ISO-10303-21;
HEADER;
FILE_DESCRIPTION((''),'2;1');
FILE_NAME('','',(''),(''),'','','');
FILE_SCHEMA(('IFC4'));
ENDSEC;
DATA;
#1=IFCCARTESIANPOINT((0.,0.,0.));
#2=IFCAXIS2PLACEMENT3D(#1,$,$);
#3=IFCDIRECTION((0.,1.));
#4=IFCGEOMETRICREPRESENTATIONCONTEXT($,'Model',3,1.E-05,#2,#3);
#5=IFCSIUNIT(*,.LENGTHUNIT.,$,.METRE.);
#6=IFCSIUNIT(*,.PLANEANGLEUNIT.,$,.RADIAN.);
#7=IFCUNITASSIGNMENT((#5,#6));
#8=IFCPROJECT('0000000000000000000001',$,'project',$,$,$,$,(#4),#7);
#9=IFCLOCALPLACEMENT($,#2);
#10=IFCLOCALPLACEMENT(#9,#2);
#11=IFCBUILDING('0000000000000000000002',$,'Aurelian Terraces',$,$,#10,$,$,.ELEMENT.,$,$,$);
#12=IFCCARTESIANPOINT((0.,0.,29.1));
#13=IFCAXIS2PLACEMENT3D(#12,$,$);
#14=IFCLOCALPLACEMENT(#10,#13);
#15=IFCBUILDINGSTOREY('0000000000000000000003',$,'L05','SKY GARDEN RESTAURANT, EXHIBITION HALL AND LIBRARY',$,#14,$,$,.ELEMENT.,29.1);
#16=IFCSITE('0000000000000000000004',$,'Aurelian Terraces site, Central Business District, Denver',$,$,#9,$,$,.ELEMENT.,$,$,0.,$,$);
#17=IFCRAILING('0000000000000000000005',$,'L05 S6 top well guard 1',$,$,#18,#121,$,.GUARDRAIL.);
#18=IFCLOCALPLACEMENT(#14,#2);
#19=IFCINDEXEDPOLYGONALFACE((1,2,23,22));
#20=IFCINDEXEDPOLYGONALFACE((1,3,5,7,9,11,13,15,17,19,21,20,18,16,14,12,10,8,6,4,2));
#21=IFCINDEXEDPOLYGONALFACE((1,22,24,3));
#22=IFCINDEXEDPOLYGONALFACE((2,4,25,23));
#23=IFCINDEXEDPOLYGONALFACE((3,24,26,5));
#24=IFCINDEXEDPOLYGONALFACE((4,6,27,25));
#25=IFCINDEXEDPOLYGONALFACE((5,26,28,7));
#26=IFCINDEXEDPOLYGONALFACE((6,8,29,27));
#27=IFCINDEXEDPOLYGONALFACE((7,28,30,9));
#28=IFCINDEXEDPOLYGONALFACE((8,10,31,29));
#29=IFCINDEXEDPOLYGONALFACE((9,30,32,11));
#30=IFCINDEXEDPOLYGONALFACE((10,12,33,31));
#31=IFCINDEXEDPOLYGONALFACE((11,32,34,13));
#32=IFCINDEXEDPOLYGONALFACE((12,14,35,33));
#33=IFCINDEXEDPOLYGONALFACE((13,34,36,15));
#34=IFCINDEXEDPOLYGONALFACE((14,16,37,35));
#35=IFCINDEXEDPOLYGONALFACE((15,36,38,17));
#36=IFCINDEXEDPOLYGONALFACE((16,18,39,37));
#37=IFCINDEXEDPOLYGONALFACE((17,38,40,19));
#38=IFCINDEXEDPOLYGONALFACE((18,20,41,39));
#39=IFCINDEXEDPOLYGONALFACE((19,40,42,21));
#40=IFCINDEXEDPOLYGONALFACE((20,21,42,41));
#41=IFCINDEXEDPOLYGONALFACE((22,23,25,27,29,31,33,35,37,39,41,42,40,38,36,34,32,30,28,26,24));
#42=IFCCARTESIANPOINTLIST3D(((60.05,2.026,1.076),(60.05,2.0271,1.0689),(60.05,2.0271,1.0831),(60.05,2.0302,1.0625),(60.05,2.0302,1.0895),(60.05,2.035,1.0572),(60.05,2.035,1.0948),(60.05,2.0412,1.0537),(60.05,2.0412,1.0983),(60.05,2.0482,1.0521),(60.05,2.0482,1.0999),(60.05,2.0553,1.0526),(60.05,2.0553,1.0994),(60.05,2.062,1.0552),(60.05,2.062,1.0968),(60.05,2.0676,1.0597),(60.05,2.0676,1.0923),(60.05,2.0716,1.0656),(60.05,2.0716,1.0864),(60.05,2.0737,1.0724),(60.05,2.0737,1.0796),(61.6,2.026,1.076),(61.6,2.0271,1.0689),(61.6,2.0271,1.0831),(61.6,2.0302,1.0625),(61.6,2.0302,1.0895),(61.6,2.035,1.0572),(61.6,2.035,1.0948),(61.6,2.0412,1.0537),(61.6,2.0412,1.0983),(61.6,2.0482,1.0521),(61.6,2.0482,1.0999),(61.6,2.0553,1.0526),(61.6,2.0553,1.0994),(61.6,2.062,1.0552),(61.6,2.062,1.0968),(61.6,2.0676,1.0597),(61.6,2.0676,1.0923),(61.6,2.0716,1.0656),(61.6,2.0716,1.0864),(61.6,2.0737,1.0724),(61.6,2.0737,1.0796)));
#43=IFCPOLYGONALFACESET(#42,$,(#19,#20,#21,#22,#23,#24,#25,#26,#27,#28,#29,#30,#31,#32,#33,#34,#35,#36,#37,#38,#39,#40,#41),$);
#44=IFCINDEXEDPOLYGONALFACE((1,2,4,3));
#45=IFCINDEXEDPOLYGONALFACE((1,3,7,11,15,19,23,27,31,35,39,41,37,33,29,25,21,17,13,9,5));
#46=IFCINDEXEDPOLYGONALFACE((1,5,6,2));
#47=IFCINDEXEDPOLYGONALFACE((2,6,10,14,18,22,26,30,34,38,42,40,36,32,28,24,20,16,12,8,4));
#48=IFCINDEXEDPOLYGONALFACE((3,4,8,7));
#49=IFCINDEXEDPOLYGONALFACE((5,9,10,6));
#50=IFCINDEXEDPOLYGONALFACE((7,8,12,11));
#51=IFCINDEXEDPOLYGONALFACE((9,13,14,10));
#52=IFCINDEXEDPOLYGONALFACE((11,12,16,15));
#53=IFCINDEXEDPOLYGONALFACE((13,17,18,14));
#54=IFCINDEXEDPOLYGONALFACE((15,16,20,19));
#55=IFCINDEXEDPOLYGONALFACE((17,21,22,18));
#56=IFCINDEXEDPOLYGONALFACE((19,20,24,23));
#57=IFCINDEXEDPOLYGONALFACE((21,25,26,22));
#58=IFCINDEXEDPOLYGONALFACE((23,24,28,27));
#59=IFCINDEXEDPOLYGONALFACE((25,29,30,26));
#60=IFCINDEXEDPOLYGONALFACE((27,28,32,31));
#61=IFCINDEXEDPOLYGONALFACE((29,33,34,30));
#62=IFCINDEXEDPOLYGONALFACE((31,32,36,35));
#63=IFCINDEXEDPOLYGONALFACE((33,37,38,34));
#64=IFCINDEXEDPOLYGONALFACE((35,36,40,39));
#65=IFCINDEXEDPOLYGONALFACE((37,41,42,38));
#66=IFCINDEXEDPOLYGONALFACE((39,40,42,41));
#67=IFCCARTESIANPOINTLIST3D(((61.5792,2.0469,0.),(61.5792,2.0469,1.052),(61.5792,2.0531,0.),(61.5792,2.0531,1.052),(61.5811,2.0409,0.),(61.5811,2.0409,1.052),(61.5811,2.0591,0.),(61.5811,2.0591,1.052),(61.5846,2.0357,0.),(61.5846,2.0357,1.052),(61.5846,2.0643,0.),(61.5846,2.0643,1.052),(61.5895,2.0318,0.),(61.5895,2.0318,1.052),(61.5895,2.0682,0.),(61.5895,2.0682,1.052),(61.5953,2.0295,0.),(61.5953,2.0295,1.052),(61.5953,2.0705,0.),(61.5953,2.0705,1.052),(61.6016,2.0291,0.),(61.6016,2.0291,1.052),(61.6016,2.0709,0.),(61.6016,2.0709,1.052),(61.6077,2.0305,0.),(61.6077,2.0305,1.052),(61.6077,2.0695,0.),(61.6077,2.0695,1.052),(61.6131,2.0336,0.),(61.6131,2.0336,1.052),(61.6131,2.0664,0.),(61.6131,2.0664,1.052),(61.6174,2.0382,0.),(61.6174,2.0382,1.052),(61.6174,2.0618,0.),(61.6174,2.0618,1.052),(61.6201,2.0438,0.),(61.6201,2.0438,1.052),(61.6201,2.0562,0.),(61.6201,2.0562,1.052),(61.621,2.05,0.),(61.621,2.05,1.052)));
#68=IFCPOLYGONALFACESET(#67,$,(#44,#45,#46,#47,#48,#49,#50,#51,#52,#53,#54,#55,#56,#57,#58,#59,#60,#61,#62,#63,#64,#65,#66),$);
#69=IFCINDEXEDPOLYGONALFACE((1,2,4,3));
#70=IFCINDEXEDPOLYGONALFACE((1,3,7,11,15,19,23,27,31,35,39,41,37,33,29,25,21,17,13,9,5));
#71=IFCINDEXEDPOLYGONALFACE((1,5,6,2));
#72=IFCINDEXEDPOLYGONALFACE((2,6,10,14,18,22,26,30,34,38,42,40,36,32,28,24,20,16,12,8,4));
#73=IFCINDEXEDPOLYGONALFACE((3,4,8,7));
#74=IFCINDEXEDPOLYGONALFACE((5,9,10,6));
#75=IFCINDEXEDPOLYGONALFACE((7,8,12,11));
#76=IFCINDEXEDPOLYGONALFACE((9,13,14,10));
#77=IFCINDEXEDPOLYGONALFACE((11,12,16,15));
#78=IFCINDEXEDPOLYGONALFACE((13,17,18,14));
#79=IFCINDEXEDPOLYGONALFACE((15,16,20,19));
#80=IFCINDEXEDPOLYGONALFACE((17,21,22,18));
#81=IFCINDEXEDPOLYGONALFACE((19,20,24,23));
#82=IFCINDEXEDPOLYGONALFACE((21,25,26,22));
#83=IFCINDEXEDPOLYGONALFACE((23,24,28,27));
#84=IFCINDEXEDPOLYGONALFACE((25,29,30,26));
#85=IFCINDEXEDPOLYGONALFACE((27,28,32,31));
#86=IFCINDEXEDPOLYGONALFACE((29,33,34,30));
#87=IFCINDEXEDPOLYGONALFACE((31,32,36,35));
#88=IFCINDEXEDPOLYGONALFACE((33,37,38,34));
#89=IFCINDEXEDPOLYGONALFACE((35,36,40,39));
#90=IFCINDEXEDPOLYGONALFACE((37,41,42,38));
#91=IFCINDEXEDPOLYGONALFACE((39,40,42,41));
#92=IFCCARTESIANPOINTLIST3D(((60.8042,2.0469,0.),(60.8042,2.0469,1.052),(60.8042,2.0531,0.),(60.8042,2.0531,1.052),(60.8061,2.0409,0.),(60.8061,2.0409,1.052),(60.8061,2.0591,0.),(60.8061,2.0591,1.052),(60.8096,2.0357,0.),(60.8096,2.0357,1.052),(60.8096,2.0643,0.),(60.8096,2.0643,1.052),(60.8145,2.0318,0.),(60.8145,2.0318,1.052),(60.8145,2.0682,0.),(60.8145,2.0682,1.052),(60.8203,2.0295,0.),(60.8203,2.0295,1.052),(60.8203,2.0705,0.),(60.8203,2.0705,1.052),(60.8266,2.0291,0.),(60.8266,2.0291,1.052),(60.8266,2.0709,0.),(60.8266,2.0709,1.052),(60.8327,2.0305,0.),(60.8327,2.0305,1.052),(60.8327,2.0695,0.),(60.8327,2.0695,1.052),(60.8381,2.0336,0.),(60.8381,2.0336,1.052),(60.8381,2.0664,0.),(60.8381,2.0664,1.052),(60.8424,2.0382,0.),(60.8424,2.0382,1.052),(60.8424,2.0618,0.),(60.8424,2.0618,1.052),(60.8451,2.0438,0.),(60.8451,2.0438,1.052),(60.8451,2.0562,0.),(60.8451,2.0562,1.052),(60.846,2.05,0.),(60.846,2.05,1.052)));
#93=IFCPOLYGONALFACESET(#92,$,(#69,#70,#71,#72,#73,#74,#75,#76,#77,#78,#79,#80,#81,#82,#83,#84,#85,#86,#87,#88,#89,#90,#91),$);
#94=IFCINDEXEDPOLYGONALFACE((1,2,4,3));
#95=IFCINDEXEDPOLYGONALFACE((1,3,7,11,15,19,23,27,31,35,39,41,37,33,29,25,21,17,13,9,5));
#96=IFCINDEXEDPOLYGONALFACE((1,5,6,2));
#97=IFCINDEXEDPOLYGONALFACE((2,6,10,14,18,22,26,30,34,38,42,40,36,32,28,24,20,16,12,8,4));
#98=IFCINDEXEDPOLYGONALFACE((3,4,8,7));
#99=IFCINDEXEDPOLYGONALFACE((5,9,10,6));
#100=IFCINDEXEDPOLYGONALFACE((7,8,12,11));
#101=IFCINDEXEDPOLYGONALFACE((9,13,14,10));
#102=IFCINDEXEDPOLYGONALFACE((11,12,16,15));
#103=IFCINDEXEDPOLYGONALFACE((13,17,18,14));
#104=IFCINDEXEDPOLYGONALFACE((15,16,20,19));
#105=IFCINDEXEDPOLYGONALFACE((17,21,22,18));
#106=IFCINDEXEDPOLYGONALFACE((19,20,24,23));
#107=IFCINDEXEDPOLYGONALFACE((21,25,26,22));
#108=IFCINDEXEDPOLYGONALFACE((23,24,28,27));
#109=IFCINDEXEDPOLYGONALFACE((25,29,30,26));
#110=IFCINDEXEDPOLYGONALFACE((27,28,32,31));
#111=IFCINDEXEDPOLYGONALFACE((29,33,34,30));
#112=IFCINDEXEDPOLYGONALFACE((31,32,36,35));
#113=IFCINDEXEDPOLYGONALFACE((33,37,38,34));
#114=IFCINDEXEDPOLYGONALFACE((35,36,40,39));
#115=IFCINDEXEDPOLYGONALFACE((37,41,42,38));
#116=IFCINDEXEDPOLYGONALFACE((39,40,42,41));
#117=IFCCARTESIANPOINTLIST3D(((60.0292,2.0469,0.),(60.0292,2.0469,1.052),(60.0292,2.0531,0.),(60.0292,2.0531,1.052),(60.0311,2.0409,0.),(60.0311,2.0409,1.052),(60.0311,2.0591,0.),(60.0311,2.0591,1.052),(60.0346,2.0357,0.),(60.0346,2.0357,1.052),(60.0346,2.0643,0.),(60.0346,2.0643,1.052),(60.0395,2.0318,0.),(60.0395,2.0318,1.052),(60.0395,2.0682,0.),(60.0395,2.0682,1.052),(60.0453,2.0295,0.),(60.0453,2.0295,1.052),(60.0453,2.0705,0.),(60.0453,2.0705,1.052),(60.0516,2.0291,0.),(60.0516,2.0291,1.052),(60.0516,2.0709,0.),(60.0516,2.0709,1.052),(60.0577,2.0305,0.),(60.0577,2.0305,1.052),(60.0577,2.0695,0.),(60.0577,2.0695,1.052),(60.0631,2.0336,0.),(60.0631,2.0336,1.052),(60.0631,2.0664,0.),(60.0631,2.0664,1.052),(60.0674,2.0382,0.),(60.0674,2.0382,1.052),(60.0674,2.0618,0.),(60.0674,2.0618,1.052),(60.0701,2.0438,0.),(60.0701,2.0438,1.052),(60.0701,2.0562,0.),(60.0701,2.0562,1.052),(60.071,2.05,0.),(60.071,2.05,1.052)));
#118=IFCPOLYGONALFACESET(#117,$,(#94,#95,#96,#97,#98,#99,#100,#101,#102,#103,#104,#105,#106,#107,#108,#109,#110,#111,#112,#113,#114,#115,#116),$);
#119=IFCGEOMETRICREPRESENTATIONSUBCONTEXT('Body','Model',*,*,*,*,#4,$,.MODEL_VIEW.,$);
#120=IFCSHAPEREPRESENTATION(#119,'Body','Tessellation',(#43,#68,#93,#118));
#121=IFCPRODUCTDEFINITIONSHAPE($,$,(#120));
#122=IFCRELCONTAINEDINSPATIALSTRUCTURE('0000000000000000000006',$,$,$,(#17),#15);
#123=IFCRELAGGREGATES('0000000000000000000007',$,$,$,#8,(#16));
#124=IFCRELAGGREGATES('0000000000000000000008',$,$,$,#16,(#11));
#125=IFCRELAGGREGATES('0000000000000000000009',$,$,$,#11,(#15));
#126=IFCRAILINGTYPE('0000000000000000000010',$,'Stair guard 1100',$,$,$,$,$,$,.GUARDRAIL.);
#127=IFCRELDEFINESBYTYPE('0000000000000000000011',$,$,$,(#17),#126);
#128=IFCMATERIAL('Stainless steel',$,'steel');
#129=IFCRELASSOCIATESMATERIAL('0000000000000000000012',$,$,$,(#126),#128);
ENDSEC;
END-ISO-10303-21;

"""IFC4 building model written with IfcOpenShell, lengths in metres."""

from ifc_helpers import new_model, si_unit, direction, frame, origin, origin_2d, place, context, subcontext, project, spatial, circle, extrude, source, transform, mapped, material, type_object, element, save


model = new_model("IFC4")

# Units and contexts
model_context = context("Model", 3, precision=1e-05, world=origin(), true_north=direction((0.0, 1.0)))
body_context = subcontext(model_context, "Body", "Model", "MODEL_VIEW")
ifc_project = project(units=[si_unit("LENGTHUNIT", "METRE"), si_unit("PLANEANGLEUNIT", "RADIAN")], contexts=[model_context])

# Site, building, storey
site_placement = place(None, origin())
site = spatial("IfcSite", under=ifc_project, at=site_placement, Name="Aurelian Terraces site, Central Business District, Denver", CompositionType="ELEMENT", RefElevation=0.0)
building_placement = place(site_placement, origin())
building = spatial("IfcBuilding", under=site, at=building_placement, Name="Aurelian Terraces", CompositionType="ELEMENT")
storey_placement = place(building_placement, frame((0.0, 0.0, 29.1)))
storey = spatial("IfcBuildingStorey", under=building, at=storey_placement, Name="L05", Description="SKY GARDEN RESTAURANT, EXHIBITION HALL AND LIBRARY", CompositionType="ELEMENT", Elevation=29.1)

# Railing
ifc_material_1 = material(Name="Stainless steel", Category="steel")
railing_type = type_object("IfcRailingType", Name="Stair guard 1100", PredefinedType="GUARDRAIL", material=ifc_material_1)
shared_shape_1 = source(origin(), body_context, "Body", "SweptSolid", [
    extrude(circle(Radius=0.024, at=origin_2d()), frame((0.0, 0.0, 1.076), z_axis=(-1.0, 0.0, 0.0), x_axis=(0.0, -1.0, 0.0)), (0.0, 0.0, 1.0), 1.55),
    extrude(circle(Radius=0.021, at=origin_2d()), origin(), (0.0, 0.0, 1.0), 1.052),
    extrude(circle(Radius=0.021, at=origin_2d()), frame((-0.775, 0.0, 0.0)), (0.0, 0.0, 1.0), 1.052),
    extrude(circle(Radius=0.021, at=origin_2d()), frame((-1.55, 0.0, 0.0)), (0.0, 0.0, 1.0), 1.052),
])
railing_placement = place(storey_placement, frame((61.6, 2.05, 0.0)))
element("IfcRailing", 1, at=railing_placement, inside=storey, type_object=railing_type, Name="L05 S6 top well guard 1", PredefinedType="GUARDRAIL", context=body_context, shape_type="MappedRepresentation", body=[
    mapped(shared_shape_1, transform((0.0, 0.0, 0.0), scale=1.0)),
])

save(model, "model.ifc")
